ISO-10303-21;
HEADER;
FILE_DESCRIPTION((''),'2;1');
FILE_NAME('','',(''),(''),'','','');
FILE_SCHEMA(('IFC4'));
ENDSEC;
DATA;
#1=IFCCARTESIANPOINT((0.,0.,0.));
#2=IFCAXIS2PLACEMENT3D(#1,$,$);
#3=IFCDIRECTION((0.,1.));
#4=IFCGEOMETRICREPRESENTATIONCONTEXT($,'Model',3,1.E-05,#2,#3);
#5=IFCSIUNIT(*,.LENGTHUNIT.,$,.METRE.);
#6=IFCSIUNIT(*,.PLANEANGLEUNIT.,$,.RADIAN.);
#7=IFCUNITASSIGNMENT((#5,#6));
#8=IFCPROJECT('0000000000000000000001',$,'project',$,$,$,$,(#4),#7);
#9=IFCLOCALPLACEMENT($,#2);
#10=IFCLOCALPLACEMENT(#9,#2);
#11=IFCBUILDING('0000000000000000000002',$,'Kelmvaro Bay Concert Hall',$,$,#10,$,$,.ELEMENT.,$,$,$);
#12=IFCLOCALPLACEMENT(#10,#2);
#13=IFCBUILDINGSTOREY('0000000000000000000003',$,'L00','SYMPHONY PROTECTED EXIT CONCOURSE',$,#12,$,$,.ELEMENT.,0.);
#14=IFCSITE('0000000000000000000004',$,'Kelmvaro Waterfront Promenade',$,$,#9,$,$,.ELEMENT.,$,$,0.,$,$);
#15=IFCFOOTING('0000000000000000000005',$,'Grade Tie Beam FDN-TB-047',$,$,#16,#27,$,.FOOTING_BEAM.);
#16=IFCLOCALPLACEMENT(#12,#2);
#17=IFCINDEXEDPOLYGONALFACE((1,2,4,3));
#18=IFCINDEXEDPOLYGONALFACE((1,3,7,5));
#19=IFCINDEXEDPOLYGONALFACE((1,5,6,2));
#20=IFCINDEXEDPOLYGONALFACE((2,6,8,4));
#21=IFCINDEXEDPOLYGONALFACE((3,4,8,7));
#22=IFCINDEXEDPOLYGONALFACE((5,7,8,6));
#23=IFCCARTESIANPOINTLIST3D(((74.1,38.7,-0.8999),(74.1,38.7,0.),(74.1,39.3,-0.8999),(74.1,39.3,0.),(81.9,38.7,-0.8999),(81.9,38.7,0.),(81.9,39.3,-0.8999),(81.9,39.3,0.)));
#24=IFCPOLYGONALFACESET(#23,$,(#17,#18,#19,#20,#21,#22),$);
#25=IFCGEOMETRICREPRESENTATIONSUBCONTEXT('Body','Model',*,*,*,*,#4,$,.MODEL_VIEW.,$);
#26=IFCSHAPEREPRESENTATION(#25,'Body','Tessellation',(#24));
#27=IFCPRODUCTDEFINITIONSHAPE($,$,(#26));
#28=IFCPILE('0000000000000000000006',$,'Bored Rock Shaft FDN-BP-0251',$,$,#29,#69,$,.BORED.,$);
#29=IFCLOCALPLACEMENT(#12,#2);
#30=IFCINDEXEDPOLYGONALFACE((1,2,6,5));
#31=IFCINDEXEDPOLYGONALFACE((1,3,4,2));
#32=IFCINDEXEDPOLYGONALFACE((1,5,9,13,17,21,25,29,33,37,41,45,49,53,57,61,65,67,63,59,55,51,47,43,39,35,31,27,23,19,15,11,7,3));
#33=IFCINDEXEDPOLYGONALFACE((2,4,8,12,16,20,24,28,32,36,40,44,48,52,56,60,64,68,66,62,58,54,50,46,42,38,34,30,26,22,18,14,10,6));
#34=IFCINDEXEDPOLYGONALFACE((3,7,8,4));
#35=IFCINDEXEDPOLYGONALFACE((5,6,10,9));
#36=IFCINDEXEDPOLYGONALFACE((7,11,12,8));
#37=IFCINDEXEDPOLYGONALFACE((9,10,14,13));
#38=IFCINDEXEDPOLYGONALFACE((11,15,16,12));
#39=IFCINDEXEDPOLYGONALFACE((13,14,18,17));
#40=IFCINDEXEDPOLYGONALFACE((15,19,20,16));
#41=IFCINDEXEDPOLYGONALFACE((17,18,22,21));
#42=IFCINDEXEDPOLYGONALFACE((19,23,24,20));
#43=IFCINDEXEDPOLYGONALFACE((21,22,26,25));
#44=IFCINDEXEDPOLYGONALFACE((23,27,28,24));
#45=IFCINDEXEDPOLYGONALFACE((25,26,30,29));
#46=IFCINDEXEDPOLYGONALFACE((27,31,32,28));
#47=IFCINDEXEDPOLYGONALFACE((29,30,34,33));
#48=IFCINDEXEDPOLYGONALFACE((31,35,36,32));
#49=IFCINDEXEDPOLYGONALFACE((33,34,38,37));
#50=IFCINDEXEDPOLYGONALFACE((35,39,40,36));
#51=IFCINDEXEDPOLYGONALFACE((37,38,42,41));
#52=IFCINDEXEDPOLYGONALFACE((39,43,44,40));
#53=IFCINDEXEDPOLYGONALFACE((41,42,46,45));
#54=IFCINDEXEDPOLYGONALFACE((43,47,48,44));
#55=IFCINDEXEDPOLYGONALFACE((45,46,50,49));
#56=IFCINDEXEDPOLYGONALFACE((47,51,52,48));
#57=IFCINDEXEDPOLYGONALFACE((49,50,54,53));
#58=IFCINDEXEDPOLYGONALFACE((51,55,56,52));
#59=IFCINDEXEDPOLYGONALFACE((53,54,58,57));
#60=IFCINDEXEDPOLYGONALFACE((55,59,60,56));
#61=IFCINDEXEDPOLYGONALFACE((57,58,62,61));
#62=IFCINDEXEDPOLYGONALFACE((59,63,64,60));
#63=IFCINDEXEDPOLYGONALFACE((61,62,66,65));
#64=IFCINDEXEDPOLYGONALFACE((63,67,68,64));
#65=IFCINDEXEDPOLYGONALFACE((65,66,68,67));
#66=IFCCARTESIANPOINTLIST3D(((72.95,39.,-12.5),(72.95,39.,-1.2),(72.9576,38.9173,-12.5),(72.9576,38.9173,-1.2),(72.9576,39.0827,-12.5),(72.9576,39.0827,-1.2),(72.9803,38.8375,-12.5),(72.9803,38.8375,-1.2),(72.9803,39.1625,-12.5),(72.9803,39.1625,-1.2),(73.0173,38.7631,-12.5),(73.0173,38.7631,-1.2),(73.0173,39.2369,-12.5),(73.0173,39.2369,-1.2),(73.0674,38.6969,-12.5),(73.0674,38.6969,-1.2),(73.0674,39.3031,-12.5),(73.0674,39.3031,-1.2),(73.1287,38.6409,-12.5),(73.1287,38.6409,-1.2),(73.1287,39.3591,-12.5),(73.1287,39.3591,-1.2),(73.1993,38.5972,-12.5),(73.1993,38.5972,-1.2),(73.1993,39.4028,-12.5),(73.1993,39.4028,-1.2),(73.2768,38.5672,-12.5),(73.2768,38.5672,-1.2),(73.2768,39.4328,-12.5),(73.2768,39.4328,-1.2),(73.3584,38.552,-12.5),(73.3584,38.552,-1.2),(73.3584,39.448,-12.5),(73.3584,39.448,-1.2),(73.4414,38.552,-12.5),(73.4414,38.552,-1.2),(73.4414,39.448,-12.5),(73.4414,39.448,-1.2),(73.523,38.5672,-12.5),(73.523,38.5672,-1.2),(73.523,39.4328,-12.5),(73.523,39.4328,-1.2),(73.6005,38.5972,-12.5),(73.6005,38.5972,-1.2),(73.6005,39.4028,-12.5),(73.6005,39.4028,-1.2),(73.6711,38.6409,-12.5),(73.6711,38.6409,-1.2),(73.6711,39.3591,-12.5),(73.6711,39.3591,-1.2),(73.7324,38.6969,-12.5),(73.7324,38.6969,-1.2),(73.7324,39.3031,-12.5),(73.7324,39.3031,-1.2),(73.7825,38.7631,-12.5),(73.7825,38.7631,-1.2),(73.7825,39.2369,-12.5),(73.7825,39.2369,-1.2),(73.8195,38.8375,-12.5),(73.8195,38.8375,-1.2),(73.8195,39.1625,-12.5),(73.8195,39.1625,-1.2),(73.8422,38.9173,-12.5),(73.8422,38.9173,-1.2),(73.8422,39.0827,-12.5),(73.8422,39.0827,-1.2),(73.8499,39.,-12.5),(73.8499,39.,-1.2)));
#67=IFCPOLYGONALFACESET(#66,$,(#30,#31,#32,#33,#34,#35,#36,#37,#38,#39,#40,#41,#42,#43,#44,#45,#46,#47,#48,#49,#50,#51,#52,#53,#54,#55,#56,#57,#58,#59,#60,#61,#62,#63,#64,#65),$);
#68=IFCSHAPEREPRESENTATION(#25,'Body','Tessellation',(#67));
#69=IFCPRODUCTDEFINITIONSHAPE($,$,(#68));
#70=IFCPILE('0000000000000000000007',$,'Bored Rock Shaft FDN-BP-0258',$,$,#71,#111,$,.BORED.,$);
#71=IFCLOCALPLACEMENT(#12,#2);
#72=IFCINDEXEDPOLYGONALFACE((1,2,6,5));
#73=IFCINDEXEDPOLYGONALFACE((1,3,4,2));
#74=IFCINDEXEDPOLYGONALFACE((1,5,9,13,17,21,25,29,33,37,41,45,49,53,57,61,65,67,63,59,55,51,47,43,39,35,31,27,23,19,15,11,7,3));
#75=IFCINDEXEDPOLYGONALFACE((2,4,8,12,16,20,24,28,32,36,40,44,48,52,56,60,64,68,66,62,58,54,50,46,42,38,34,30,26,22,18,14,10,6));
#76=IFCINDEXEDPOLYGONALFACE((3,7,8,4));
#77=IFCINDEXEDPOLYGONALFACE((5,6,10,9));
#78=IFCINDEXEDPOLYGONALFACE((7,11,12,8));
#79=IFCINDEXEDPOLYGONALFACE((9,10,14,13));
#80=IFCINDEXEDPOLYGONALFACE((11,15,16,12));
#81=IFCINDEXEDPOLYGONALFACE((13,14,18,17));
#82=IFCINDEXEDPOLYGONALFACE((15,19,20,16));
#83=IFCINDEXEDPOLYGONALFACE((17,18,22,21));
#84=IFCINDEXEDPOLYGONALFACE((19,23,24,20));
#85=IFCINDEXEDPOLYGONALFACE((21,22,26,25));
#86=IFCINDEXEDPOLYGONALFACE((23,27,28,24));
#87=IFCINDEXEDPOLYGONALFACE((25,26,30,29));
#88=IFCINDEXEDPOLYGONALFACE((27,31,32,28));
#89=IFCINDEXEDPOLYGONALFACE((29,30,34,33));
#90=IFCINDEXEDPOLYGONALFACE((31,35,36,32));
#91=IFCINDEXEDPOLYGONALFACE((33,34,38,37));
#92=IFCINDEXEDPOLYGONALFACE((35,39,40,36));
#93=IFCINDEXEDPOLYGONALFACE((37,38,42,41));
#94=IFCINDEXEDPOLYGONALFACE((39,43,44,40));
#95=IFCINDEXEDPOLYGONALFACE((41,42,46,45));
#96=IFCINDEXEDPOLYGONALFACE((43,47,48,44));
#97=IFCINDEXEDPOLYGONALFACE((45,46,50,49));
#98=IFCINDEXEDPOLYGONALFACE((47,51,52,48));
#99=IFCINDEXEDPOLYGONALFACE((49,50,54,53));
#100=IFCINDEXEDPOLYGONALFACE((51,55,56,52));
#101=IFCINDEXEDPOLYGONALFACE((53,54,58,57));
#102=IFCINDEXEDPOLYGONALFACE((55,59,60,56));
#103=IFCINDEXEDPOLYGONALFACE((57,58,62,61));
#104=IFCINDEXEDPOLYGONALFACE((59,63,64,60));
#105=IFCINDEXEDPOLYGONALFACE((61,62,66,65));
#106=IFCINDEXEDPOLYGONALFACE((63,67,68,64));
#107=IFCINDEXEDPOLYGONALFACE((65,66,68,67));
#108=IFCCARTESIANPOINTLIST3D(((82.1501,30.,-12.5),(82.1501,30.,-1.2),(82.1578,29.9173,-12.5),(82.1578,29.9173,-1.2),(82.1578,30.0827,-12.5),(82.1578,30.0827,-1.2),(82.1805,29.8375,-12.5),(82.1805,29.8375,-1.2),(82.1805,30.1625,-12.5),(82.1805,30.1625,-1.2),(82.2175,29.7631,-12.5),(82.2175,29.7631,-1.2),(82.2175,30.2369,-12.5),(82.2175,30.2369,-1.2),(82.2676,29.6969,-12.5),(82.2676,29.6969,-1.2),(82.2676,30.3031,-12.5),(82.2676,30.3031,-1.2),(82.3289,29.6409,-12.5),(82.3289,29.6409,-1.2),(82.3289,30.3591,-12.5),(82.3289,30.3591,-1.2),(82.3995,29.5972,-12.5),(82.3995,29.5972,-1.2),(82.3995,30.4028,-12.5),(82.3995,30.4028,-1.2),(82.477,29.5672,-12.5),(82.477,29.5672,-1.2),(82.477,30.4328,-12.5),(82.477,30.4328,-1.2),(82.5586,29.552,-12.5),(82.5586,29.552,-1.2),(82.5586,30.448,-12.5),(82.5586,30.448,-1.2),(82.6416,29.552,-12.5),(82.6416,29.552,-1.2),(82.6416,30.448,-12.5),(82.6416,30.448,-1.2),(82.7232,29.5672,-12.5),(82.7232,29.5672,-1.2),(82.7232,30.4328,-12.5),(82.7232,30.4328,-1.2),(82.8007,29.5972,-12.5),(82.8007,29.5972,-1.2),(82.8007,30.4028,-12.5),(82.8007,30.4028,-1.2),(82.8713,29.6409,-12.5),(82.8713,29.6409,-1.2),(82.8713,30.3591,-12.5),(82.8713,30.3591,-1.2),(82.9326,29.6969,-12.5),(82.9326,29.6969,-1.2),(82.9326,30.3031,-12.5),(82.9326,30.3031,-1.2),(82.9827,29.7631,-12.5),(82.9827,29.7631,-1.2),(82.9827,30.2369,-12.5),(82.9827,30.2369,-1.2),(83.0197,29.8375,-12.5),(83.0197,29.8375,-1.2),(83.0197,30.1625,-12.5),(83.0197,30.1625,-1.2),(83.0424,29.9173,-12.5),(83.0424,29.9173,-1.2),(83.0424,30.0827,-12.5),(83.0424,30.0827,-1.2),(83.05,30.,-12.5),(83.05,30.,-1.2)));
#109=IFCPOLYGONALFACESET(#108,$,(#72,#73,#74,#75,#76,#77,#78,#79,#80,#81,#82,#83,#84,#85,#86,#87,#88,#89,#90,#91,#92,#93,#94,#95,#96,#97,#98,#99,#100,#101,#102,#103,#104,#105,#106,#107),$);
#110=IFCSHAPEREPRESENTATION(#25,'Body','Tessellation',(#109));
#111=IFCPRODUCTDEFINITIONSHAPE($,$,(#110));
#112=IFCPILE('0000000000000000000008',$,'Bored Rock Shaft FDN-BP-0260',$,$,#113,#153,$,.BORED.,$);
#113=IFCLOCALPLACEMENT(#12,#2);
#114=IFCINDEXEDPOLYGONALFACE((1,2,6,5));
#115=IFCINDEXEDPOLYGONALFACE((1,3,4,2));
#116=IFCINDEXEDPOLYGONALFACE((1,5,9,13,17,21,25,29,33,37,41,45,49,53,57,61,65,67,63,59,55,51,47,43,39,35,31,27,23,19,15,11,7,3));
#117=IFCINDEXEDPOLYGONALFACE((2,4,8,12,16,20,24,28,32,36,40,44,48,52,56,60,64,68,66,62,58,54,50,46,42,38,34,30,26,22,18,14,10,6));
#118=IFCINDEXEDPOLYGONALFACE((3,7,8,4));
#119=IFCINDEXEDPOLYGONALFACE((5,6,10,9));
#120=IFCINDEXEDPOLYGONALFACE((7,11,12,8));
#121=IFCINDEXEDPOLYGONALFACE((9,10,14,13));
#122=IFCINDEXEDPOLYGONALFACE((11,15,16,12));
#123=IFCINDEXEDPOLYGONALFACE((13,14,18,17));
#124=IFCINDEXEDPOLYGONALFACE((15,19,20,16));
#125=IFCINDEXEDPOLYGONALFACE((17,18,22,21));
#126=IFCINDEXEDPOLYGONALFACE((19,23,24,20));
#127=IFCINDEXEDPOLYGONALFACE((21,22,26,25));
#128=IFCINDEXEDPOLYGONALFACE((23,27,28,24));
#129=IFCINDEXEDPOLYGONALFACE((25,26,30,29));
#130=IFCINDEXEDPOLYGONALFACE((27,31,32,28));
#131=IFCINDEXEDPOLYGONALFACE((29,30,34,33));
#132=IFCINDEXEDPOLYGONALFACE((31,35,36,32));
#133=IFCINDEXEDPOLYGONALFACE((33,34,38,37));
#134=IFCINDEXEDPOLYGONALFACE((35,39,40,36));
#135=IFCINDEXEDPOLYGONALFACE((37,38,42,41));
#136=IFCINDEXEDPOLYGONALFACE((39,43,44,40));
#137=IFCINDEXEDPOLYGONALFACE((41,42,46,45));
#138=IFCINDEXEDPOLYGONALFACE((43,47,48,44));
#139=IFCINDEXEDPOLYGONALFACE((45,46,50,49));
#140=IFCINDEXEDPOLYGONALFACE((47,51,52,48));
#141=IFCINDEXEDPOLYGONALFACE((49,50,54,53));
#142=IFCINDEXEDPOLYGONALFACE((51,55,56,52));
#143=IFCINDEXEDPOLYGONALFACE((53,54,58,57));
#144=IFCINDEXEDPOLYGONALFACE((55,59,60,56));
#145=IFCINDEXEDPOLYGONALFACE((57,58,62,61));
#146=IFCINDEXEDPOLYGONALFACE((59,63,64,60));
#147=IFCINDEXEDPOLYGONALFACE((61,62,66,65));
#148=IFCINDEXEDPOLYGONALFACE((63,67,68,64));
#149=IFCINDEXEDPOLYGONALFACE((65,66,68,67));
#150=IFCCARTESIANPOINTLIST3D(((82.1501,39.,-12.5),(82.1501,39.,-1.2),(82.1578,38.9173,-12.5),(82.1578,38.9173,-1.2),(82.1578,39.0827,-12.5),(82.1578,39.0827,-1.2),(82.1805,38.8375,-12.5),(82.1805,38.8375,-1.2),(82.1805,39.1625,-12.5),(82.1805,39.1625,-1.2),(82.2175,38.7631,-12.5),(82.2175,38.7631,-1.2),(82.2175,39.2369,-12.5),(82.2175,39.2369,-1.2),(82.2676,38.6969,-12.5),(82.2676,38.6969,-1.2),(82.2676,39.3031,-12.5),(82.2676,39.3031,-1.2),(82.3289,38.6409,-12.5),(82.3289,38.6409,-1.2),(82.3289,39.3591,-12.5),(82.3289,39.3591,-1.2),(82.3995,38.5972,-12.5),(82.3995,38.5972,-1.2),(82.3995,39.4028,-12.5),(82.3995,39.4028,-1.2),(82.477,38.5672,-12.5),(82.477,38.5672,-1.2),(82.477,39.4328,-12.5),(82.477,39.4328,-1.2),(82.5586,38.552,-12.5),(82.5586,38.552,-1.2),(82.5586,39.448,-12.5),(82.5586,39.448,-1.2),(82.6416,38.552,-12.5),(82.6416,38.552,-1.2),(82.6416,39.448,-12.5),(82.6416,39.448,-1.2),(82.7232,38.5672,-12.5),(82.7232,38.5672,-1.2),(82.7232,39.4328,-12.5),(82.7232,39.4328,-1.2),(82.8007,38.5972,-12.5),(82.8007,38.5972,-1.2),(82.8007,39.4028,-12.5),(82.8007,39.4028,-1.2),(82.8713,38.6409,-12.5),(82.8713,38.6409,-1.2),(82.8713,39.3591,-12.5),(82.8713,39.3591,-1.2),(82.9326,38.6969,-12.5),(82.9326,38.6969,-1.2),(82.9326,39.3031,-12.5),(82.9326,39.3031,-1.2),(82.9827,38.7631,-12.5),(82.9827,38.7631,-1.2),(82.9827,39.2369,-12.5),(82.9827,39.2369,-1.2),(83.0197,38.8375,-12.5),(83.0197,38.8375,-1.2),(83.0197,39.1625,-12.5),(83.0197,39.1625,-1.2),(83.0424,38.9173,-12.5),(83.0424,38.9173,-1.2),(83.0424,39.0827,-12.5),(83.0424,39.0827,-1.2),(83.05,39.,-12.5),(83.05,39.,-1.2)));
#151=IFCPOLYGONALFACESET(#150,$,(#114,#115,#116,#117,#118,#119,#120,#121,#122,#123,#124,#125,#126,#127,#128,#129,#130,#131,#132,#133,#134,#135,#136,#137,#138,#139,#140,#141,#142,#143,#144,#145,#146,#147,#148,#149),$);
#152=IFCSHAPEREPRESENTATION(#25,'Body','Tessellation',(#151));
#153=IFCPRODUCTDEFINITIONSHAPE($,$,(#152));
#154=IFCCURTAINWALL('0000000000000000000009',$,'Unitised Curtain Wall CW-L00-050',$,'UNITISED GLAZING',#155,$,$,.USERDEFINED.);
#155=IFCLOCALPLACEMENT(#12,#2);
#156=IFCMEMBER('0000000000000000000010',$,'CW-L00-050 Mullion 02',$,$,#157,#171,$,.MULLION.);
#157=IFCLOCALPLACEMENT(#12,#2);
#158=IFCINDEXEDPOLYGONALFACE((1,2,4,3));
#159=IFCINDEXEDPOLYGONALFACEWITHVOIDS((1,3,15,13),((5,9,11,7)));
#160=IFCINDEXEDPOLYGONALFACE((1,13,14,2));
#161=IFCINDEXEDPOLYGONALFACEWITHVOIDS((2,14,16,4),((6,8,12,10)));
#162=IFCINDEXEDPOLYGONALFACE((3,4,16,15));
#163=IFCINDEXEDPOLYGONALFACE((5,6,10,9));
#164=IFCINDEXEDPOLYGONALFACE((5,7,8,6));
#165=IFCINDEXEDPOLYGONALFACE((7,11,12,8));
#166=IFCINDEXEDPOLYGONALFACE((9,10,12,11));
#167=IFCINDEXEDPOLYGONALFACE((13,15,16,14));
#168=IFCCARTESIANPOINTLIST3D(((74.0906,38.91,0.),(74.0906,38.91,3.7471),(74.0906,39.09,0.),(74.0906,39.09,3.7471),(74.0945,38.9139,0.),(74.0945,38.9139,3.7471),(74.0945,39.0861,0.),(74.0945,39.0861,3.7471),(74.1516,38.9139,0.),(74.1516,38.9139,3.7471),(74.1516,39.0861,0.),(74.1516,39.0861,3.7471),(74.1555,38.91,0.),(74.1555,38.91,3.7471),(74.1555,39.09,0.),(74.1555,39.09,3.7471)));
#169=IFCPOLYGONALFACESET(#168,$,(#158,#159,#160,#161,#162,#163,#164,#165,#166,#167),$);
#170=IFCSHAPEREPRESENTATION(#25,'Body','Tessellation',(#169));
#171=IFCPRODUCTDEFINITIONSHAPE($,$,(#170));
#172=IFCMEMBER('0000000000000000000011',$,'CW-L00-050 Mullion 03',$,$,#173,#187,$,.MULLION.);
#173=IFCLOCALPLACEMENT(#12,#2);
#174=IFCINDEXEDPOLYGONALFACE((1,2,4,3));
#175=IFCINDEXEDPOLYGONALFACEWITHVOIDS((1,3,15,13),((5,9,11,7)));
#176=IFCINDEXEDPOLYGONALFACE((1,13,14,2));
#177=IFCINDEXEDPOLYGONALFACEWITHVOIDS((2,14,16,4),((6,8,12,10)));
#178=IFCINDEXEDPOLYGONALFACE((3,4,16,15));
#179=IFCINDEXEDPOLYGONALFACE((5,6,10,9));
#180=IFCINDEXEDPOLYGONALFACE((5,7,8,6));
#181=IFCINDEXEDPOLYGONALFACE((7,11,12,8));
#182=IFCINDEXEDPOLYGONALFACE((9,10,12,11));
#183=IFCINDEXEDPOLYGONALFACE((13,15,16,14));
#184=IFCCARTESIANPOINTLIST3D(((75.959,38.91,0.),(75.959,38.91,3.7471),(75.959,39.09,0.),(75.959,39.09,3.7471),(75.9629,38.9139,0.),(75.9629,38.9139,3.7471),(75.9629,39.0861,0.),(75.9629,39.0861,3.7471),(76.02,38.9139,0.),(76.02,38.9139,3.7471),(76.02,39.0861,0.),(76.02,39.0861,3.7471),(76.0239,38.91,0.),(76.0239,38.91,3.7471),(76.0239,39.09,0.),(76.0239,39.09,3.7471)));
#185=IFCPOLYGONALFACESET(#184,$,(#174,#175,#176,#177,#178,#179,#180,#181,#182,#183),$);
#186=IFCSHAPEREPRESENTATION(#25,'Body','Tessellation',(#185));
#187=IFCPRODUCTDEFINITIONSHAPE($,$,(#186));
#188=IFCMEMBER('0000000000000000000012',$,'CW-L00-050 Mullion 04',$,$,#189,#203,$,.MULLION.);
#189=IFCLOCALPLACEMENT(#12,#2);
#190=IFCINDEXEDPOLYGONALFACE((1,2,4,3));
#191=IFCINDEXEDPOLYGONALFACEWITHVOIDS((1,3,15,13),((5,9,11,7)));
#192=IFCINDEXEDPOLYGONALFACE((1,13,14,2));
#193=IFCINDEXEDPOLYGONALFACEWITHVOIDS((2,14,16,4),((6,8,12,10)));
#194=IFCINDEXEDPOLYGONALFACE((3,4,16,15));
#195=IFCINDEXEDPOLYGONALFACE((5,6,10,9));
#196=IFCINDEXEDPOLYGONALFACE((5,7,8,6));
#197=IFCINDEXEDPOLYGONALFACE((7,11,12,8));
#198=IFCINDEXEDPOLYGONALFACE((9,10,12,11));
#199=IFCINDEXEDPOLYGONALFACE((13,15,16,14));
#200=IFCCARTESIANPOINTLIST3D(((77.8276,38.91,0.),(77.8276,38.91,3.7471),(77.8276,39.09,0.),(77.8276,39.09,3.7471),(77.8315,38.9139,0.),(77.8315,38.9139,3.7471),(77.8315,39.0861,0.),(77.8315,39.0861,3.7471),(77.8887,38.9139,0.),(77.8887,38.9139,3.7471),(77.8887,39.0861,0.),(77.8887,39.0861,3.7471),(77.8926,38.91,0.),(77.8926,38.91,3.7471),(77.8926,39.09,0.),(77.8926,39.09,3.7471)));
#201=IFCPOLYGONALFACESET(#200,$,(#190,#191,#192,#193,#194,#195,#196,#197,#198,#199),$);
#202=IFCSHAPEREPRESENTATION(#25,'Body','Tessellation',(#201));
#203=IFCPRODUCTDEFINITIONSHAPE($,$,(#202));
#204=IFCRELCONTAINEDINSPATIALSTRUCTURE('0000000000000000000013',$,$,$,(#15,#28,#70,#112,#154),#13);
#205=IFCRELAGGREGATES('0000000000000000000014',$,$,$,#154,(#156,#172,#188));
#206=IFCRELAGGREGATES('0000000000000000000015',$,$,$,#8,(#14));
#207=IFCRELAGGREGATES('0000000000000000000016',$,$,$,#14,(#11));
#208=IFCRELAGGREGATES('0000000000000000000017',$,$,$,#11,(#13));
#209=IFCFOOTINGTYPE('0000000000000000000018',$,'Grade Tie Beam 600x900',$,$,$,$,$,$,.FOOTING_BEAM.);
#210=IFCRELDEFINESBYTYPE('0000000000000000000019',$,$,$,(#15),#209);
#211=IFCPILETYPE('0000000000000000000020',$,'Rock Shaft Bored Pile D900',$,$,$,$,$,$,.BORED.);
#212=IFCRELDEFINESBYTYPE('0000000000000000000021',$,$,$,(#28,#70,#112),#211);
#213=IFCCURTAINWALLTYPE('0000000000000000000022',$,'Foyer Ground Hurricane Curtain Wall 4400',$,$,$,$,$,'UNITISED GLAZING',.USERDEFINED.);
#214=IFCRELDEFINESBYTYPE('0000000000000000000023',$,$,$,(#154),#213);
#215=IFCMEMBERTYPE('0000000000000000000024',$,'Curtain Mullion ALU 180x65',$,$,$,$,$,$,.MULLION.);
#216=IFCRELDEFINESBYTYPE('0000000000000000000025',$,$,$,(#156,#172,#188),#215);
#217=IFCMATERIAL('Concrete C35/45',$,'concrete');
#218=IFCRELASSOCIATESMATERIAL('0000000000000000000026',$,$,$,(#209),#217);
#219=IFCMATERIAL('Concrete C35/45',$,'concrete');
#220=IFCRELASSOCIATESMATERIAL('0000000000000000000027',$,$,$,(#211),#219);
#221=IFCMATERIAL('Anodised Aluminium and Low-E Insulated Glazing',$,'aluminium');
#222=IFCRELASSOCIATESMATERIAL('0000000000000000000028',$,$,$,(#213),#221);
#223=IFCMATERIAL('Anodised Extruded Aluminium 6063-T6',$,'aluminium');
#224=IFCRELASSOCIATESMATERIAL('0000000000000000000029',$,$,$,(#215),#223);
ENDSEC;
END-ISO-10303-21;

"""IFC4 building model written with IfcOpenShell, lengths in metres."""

from ifc_helpers import new_model, si_unit, direction, frame, origin, origin_2d, place, context, subcontext, project, spatial, rectangle, hollow_rectangle, circle, extrude, material, material_profile, profile_set, type_object, element, aggregate, save


model = new_model("IFC4")

# Units and contexts
model_context = context("Model", 3, precision=1e-05, world=origin(), true_north=direction((0.0, 1.0)))
body_context = subcontext(model_context, "Body", "Model", "MODEL_VIEW")
ifc_project = project(units=[si_unit("LENGTHUNIT", "METRE"), si_unit("PLANEANGLEUNIT", "RADIAN")], contexts=[model_context])

# Site, building, storey
site_placement = place(None, origin())
site = spatial("IfcSite", under=ifc_project, at=site_placement, Name="Kelmvaro Waterfront Promenade", CompositionType="ELEMENT", RefElevation=0.0)
building_placement = place(site_placement, origin())
building = spatial("IfcBuilding", under=site, at=building_placement, Name="Kelmvaro Bay Concert Hall", CompositionType="ELEMENT")
storey_placement = place(building_placement, origin())
storey = spatial("IfcBuildingStorey", under=building, at=storey_placement, Name="L00", Description="SYMPHONY PROTECTED EXIT CONCOURSE", CompositionType="ELEMENT", Elevation=0.0)

# Footing
ifc_material_1 = material(Name="Concrete C35/45", Category="concrete")
footing_type = type_object("IfcFootingType", Name="Grade Tie Beam 600x900", PredefinedType="FOOTING_BEAM", material=ifc_material_1)
footing_placement = place(storey_placement, frame((78.0, 39.0, -0.8999), z_axis=(0.0, 0.0, 1.0), x_axis=(1.0, 0.0, 0.0)))
element("IfcFooting", 1, at=footing_placement, inside=storey, type_object=footing_type, Name="Grade Tie Beam FDN-TB-047", PredefinedType="FOOTING_BEAM", context=body_context, shape_type="SweptSolid", body=[
    extrude(rectangle(XDim=7.8, YDim=0.6001, at=origin_2d()), origin(), (0.0, 0.0, 1.0), 0.8999),
])

# Piles
ifc_material_2 = material(Name="Concrete C35/45", Category="concrete")
ifc_material_profile_1 = material_profile(ifc_material_2, circle(Radius=0.45, at=origin_2d()), Name="PILE-BORED-900")
ifc_profile_set_1 = profile_set([ifc_material_profile_1], Name="Concrete C35/45")
pile_type = type_object("IfcPileType", Name="Rock Shaft Bored Pile D900", PredefinedType="BORED", material=ifc_profile_set_1)
for number, where, z_axis, x_axis, name in (
    (2, (73.3999, 39.0, -1.2), (0.0, 0.0, -1.0), (1.0, 0.0, 0.0), "Bored Rock Shaft FDN-BP-0251"),
    (3, (82.6001, 30.0, -1.2), (0.0, 0.0, -1.0), (1.0, 0.0, 0.0), "Bored Rock Shaft FDN-BP-0258"),
    (4, (82.6001, 39.0, -1.2), (0.0, 0.0, -1.0), (1.0, 0.0, 0.0), "Bored Rock Shaft FDN-BP-0260"),
):
    element("IfcPile", number, at=place(storey_placement, frame(where, z_axis=z_axis, x_axis=x_axis)), inside=storey, type_object=pile_type, Name=name, PredefinedType="BORED", context=body_context, shape_type="SweptSolid", body=[
        extrude(circle(Radius=0.45, at=origin_2d()), origin(), (0.0, 0.0, 1.0), 11.3),
    ])

# Curtain wall, members
ifc_material_3 = material(Name="Anodised Aluminium and Low-E Insulated Glazing", Category="aluminium")
curtain_wall_type = type_object("IfcCurtainWallType", Name="Foyer Ground Hurricane Curtain Wall 4400", ElementType="UNITISED GLAZING", PredefinedType="USERDEFINED", material=ifc_material_3)
curtain_wall_1_placement = place(storey_placement, origin())
curtain_wall_1 = element("IfcCurtainWall", 5, at=curtain_wall_1_placement, inside=storey, type_object=curtain_wall_type, Name="Unitised Curtain Wall CW-L00-050", ObjectType="UNITISED GLAZING", PredefinedType="USERDEFINED")
ifc_material_4 = material(Name="Anodised Extruded Aluminium 6063-T6", Category="aluminium")
ifc_material_profile_2 = material_profile(ifc_material_4, hollow_rectangle(XDim=0.0649, YDim=0.1799, WallThickness=0.0039, at=origin_2d()), Name="ALU-MUL-180X65")
ifc_profile_set_2 = profile_set([ifc_material_profile_2], Name="Anodised Extruded Aluminium 6063-T6")
member_type_1 = type_object("IfcMemberType", Name="Curtain Mullion ALU 180x65", PredefinedType="MULLION", material=ifc_profile_set_2)
member_1_placement = place(storey_placement, frame((74.123, 39.0, 0.0), z_axis=(0.0, 0.0, 1.0), x_axis=(1.0, 0.0, 0.0)))
member_1 = element("IfcMember", 6, at=member_1_placement, type_object=member_type_1, Name="CW-L00-050 Mullion 02", PredefinedType="MULLION", context=body_context, shape_type="SweptSolid", body=[
    extrude(hollow_rectangle(XDim=0.0649, YDim=0.1799, WallThickness=0.0039, at=origin_2d()), origin(), (0.0, 0.0, 1.0), 3.7471),
])
member_2_placement = place(storey_placement, frame((75.9915, 39.0, 0.0), z_axis=(0.0, 0.0, 1.0), x_axis=(1.0, 0.0, 0.0)))
member_2 = element("IfcMember", 7, at=member_2_placement, type_object=member_type_1, Name="CW-L00-050 Mullion 03", PredefinedType="MULLION", context=body_context, shape_type="SweptSolid", body=[
    extrude(hollow_rectangle(XDim=0.0649, YDim=0.1799, WallThickness=0.0039, at=origin_2d()), origin(), (0.0, 0.0, 1.0), 3.7471),
])
member_3_placement = place(storey_placement, frame((77.8601, 39.0, 0.0), z_axis=(0.0, 0.0, 1.0), x_axis=(1.0, 0.0, 0.0)))
member_3 = element("IfcMember", 8, at=member_3_placement, type_object=member_type_1, Name="CW-L00-050 Mullion 04", PredefinedType="MULLION", context=body_context, shape_type="SweptSolid", body=[
    extrude(hollow_rectangle(XDim=0.0649, YDim=0.1799, WallThickness=0.0039, at=origin_2d()), origin(), (0.0, 0.0, 1.0), 3.7471),
])

aggregate(curtain_wall_1, [member_1, member_2, member_3])

save(model, "model.ifc")
